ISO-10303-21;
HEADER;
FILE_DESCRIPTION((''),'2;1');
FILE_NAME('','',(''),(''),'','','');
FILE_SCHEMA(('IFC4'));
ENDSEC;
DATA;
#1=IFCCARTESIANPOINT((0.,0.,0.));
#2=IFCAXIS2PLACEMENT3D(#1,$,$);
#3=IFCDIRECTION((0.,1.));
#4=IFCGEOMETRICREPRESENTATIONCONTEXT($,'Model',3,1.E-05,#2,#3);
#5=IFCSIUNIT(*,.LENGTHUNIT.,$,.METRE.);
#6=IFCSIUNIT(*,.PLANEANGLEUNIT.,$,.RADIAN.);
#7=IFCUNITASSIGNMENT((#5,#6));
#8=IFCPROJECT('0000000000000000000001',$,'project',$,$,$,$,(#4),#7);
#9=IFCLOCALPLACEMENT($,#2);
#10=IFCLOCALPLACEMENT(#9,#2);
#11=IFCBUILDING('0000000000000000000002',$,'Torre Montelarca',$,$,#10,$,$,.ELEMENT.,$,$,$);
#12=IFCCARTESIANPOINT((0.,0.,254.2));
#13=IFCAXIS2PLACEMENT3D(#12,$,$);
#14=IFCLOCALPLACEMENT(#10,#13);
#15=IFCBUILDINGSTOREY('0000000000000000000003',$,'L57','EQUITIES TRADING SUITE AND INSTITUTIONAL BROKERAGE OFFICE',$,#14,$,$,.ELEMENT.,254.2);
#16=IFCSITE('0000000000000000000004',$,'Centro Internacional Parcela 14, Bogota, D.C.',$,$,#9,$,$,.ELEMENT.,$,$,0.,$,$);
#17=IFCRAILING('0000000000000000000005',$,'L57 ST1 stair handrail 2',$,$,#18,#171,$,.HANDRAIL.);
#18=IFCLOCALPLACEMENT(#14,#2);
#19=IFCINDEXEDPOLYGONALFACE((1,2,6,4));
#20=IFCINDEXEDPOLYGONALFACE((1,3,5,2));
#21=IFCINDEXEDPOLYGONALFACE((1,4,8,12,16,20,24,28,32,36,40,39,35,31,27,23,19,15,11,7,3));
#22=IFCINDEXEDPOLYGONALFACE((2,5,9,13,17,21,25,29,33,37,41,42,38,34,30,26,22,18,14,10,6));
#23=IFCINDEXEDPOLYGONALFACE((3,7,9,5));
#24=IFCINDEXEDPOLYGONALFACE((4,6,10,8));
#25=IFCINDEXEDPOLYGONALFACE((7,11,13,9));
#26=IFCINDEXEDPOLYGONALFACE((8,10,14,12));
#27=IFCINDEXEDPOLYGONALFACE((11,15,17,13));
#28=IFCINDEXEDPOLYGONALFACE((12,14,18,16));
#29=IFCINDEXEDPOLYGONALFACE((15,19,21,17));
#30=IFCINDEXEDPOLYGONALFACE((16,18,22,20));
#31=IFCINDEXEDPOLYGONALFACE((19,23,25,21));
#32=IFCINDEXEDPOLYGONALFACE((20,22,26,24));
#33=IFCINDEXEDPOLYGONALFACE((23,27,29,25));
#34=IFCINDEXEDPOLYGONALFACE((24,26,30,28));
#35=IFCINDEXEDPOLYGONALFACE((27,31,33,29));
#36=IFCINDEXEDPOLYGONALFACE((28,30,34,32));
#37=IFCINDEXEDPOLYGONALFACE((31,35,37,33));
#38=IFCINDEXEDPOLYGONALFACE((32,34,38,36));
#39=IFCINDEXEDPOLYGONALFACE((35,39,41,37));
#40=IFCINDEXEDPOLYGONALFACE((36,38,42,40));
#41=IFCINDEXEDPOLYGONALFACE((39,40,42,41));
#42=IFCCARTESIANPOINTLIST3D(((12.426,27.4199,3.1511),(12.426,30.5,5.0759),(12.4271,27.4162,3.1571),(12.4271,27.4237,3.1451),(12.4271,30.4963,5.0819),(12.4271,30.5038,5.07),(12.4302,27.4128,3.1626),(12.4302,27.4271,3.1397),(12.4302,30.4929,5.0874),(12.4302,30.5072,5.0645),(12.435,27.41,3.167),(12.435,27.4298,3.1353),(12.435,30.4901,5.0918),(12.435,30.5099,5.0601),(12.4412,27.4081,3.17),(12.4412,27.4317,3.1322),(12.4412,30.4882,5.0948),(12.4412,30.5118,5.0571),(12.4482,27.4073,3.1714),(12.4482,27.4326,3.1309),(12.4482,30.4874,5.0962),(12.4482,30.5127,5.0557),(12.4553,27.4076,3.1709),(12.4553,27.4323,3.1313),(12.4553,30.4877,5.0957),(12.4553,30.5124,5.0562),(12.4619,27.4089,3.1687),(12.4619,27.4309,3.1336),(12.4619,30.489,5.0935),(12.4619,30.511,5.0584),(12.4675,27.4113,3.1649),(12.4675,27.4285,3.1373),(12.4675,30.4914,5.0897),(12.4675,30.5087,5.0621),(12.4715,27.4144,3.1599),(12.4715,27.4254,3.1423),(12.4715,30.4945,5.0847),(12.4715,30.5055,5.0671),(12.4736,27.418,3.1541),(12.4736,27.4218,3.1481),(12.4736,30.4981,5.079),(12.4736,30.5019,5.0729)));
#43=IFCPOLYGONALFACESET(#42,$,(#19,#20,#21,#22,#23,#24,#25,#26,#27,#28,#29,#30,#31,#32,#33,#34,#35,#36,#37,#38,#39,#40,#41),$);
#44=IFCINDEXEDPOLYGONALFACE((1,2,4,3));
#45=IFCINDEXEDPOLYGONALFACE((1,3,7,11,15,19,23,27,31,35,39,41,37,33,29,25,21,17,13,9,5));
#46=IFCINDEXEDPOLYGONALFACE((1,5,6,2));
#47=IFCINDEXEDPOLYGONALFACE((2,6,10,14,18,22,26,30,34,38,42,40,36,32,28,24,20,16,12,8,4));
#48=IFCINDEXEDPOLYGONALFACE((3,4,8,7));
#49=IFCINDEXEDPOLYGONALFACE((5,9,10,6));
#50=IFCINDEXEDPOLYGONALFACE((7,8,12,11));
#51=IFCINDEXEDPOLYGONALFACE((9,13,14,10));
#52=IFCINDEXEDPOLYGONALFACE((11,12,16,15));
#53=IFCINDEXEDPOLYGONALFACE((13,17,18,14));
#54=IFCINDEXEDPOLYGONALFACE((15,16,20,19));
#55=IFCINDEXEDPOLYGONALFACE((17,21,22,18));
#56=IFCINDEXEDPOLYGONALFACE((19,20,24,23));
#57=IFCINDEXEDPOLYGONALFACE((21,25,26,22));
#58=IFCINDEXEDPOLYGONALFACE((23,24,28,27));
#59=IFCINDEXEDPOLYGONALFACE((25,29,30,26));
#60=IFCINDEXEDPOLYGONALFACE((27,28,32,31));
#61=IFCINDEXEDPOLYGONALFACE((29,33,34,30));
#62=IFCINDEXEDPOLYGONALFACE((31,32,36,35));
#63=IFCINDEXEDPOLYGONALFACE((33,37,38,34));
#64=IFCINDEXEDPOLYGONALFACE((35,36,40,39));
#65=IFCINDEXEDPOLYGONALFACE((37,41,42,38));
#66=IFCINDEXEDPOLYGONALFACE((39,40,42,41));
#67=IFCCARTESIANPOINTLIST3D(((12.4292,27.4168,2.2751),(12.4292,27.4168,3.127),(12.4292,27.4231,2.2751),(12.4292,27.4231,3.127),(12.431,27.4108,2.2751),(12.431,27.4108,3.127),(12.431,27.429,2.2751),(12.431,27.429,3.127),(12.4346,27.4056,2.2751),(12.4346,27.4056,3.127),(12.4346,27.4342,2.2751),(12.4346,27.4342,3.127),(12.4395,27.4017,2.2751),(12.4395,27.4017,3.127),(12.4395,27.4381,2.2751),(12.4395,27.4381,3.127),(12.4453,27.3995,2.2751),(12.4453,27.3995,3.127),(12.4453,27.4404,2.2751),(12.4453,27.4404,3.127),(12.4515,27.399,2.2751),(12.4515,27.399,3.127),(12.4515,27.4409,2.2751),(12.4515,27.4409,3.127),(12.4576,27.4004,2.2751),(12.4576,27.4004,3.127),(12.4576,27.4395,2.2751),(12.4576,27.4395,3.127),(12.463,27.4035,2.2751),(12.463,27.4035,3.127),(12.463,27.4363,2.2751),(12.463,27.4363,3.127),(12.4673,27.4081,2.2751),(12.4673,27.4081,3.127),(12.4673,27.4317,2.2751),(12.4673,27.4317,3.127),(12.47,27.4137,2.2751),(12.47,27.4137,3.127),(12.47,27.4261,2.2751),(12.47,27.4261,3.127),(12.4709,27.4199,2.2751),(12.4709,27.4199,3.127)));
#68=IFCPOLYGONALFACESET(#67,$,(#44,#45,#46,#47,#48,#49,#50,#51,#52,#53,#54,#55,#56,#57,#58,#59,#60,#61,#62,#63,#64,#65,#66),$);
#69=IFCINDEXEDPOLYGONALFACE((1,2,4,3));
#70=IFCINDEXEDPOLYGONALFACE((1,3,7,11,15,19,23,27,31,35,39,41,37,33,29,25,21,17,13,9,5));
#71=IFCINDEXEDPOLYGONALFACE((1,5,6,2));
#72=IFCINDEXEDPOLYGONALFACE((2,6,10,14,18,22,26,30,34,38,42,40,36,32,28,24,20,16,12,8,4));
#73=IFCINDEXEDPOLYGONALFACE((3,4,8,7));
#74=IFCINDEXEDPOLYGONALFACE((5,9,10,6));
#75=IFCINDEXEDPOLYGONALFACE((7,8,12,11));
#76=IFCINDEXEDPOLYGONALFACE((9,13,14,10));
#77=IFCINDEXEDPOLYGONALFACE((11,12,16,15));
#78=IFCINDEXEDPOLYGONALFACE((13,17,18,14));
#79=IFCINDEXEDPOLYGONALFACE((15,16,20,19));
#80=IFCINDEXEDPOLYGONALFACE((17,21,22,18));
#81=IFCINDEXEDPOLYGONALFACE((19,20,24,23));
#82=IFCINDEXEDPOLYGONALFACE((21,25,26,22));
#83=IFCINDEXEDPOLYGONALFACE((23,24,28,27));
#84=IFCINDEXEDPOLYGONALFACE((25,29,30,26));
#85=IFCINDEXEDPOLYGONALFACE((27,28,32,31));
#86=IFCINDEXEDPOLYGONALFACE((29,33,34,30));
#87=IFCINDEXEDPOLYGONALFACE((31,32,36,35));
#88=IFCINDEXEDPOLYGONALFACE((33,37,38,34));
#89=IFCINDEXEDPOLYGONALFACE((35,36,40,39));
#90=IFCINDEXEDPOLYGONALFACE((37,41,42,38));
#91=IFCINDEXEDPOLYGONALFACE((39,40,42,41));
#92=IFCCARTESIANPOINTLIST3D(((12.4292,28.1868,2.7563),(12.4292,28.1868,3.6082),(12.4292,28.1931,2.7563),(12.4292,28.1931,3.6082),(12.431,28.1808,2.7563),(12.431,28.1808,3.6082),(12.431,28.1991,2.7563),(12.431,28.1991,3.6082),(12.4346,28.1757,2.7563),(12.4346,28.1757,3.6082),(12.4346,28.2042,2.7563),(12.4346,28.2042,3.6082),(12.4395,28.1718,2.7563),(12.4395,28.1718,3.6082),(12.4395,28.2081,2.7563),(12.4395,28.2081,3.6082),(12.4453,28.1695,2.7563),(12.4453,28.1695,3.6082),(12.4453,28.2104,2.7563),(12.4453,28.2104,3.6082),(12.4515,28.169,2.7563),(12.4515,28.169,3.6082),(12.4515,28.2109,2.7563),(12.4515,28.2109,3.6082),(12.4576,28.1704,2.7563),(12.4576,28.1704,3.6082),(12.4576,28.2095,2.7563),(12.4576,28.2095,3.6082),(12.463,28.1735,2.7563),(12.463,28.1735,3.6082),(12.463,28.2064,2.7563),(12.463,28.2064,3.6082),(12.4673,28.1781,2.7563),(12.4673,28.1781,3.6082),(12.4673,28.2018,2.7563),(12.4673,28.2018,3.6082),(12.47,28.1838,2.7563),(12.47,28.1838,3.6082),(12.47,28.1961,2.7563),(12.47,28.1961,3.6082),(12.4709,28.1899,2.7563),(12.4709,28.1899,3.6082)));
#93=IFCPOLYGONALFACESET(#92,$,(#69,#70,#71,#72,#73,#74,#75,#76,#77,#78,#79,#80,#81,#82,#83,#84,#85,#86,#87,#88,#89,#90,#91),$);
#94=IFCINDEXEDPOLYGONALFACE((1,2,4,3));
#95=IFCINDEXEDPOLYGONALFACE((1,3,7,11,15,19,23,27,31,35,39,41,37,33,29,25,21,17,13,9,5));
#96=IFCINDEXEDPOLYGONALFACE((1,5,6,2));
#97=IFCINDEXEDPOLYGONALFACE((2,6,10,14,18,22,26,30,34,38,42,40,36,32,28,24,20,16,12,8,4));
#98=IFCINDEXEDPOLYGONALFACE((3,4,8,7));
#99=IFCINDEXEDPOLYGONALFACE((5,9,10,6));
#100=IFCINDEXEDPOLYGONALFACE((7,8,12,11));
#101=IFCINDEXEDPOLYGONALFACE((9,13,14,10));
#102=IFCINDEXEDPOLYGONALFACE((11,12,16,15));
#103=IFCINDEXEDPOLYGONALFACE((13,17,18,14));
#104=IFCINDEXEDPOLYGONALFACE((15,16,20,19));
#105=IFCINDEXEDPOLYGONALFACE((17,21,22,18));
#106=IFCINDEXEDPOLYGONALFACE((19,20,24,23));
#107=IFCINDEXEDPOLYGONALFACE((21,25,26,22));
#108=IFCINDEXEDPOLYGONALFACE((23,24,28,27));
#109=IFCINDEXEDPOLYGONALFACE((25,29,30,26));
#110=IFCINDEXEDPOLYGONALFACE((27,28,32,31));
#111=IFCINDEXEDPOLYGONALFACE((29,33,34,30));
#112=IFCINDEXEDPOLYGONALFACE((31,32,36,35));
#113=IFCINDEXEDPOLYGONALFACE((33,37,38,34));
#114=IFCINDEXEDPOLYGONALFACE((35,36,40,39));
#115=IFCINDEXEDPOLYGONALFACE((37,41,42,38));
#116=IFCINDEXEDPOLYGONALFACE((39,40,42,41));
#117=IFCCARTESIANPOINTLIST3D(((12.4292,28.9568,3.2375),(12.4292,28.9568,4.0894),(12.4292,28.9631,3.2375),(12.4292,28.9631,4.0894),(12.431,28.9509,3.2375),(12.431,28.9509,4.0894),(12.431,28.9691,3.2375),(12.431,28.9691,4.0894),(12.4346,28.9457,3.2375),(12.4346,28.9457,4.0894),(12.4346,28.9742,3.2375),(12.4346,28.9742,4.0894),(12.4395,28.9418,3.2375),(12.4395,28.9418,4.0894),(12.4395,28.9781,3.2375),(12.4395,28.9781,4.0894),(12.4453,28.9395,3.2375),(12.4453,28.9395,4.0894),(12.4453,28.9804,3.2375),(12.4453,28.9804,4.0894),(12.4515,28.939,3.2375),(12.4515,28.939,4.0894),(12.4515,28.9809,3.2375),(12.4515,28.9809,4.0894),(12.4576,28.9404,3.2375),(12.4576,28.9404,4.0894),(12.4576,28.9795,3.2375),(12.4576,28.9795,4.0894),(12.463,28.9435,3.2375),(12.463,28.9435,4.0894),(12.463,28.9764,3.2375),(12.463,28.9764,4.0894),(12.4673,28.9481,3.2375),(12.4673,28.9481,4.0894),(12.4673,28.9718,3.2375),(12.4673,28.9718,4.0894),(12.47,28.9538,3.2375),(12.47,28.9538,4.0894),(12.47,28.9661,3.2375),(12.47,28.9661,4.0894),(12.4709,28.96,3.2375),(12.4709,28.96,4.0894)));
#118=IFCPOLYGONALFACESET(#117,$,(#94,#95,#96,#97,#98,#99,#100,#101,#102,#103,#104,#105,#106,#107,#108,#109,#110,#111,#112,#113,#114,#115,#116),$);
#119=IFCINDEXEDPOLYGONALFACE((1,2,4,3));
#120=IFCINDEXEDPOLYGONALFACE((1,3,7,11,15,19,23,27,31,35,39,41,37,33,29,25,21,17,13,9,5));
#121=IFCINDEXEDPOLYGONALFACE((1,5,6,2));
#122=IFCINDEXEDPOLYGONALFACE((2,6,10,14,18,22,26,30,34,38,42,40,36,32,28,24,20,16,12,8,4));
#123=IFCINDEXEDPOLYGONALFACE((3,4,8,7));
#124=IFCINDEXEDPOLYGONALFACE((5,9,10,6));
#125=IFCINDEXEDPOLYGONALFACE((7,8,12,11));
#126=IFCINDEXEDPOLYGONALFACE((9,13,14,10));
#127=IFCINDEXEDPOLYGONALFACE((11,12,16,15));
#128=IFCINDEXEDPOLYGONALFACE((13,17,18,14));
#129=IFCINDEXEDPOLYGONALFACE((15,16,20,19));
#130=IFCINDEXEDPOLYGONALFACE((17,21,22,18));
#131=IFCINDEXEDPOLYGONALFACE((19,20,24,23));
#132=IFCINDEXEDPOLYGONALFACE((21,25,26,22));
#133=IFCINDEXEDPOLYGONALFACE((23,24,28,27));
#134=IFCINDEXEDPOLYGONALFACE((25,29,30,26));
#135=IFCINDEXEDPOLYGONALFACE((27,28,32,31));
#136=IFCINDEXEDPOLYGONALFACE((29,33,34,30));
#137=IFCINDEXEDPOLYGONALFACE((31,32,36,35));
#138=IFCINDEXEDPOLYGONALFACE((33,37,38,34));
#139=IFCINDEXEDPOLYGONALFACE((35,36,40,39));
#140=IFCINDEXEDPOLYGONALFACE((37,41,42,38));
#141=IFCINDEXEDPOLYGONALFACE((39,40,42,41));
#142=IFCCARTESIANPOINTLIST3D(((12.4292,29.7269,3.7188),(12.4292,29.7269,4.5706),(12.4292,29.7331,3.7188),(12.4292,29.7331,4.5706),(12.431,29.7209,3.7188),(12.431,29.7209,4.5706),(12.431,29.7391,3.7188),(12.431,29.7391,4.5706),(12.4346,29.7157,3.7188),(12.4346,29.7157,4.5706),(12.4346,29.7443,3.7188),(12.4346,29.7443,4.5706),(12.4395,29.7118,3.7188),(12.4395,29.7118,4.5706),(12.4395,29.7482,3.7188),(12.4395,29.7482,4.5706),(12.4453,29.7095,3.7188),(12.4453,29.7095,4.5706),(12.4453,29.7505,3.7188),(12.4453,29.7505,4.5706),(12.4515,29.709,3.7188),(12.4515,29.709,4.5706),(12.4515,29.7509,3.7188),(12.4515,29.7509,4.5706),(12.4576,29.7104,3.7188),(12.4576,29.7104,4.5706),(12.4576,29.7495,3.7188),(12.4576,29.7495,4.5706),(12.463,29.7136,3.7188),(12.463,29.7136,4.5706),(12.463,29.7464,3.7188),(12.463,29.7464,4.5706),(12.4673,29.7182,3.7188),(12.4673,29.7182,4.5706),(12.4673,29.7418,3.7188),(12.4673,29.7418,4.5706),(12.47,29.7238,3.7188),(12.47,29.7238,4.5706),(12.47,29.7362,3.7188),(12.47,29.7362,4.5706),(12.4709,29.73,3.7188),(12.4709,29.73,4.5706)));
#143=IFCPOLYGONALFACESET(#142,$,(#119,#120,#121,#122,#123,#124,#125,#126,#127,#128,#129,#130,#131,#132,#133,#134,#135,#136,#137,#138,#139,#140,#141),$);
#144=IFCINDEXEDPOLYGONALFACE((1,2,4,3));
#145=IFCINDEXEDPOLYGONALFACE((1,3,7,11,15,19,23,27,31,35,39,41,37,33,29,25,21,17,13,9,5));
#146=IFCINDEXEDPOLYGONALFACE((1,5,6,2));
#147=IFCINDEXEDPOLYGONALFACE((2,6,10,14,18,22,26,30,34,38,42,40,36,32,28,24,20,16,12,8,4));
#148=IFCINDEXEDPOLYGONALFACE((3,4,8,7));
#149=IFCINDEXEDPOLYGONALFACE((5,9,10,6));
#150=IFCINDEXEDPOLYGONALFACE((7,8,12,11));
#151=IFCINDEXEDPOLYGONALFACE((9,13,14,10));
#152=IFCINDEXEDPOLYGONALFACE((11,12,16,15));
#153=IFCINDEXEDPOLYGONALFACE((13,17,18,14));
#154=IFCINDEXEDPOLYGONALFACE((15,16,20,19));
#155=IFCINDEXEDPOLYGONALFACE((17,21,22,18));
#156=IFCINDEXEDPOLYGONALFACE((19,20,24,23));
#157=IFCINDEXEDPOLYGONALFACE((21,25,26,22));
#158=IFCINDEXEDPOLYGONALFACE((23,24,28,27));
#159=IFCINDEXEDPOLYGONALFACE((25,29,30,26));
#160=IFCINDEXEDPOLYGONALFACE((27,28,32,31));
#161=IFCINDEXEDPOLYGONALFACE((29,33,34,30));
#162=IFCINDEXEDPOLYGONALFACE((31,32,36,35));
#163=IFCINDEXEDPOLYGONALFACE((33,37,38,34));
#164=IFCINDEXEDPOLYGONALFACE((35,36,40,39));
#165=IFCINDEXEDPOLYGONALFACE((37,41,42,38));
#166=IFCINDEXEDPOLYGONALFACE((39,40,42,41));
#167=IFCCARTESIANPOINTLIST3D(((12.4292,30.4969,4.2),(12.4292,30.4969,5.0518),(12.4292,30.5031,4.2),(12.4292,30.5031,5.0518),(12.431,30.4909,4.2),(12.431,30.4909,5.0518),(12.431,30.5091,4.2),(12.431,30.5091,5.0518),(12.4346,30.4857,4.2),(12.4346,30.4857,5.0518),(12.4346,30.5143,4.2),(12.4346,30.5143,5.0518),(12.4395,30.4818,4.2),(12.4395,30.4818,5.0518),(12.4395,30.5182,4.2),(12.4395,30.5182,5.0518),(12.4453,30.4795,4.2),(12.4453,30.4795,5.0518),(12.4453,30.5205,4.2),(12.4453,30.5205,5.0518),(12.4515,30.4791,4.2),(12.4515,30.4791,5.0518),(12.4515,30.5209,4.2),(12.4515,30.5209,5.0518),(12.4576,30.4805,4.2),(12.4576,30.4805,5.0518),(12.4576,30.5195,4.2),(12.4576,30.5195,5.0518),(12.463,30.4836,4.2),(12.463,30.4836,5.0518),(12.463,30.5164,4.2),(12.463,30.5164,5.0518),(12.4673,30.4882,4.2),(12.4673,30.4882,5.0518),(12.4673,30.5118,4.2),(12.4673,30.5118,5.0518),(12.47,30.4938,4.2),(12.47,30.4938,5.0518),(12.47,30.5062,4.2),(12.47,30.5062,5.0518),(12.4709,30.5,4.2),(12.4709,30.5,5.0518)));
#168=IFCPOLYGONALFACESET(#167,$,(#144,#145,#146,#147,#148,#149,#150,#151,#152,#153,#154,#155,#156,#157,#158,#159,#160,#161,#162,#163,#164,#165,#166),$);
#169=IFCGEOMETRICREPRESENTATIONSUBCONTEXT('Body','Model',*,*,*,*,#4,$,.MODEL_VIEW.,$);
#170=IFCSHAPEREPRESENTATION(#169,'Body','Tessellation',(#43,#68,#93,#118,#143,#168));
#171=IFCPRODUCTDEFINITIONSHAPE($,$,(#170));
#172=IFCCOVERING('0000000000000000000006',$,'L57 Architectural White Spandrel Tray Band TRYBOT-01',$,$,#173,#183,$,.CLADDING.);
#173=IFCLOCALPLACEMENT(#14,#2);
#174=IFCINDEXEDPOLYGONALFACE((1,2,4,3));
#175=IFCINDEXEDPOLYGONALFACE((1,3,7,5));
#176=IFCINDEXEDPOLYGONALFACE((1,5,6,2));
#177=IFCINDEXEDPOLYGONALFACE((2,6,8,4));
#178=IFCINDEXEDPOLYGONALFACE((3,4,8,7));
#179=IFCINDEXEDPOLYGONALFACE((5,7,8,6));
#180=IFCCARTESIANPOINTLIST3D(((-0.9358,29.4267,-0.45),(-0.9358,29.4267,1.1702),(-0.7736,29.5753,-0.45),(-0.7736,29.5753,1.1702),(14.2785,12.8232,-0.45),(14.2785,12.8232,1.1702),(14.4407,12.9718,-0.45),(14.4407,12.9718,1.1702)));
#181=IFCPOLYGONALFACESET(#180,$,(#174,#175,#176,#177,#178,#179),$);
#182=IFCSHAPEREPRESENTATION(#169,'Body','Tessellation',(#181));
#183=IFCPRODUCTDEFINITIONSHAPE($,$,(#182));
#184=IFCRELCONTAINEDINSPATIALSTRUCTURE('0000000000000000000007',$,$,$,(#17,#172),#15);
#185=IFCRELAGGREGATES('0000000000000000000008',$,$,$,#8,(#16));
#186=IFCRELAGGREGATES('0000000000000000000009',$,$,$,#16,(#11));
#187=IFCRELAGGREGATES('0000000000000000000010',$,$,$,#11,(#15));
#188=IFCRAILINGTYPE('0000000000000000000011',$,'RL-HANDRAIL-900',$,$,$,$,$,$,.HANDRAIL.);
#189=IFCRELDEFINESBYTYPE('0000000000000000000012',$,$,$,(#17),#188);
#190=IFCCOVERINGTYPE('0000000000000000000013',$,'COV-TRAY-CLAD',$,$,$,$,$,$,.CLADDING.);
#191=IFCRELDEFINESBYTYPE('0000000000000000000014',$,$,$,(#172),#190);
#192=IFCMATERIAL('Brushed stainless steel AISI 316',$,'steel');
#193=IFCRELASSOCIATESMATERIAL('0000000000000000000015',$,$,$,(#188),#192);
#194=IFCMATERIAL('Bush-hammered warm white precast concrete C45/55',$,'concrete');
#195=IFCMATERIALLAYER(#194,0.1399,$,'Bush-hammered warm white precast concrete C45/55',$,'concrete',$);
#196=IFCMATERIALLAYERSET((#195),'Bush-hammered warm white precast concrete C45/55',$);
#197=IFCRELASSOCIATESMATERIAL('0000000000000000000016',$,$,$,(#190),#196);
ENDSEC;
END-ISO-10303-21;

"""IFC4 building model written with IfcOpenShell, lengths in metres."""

from ifc_helpers import new_model, si_unit, direction, frame, origin, origin_2d, place, context, subcontext, project, spatial, rectangle, circle, extrude, source, transform, mapped, material, layer, layer_set, type_object, element, save


model = new_model("IFC4")

# Units and contexts
model_context = context("Model", 3, precision=1e-05, world=origin(), true_north=direction((0.0, 1.0)))
body_context = subcontext(model_context, "Body", "Model", "MODEL_VIEW")
ifc_project = project(units=[si_unit("LENGTHUNIT", "METRE"), si_unit("PLANEANGLEUNIT", "RADIAN")], contexts=[model_context])

# Site, building, storey
site_placement = place(None, origin())
site = spatial("IfcSite", under=ifc_project, at=site_placement, Name="Centro Internacional Parcela 14, Bogota, D.C.", CompositionType="ELEMENT", RefElevation=0.0)
building_placement = place(site_placement, origin())
building = spatial("IfcBuilding", under=site, at=building_placement, Name="Torre Montelarca", CompositionType="ELEMENT")
storey_placement = place(building_placement, frame((0.0, 0.0, 254.2)))
storey = spatial("IfcBuildingStorey", under=building, at=storey_placement, Name="L57", Description="EQUITIES TRADING SUITE AND INSTITUTIONAL BROKERAGE OFFICE", CompositionType="ELEMENT", Elevation=254.2)

# Railing
ifc_material_1 = material(Name="Brushed stainless steel AISI 316", Category="steel")
railing_type_1 = type_object("IfcRailingType", Name="RL-HANDRAIL-900", PredefinedType="HANDRAIL", material=ifc_material_1)
railing_1_placement = place(storey_placement, frame((12.45, 27.4199, 2.2751)))
element("IfcRailing", 1, at=railing_1_placement, inside=storey, type_object=railing_type_1, Name="L57 ST1 stair handrail 2", PredefinedType="HANDRAIL", context=body_context, shape_type="SweptSolid", body=[
    extrude(circle(Radius=0.0239, at=origin_2d()), frame((0.0, 0.0, 0.876), z_axis=(0.0, 0.848029, 0.529951), x_axis=(-1.0, 0.0, 0.0)), (0.0, 0.0, 1.0), 3.6321),
    extrude(circle(Radius=0.021, at=origin_2d()), origin(), (0.0, 0.0, 1.0), 0.8518),
    extrude(circle(Radius=0.021, at=origin_2d()), frame((0.0, 0.77, 0.4812)), (0.0, 0.0, 1.0), 0.8518),
    extrude(circle(Radius=0.021, at=origin_2d()), frame((0.0, 1.54, 0.9624)), (0.0, 0.0, 1.0), 0.8518),
    extrude(circle(Radius=0.021, at=origin_2d()), frame((0.0, 2.3101, 1.4436)), (0.0, 0.0, 1.0), 0.8518),
    extrude(circle(Radius=0.021, at=origin_2d()), frame((0.0, 3.0801, 1.9248)), (0.0, 0.0, 1.0), 0.8518),
])

# Covering
ifc_material_2 = material(Name="Bush-hammered warm white precast concrete C45/55", Category="concrete")
ifc_layer_1 = layer(ifc_material_2, 0.1399, Name="Bush-hammered warm white precast concrete C45/55", Category="concrete")
ifc_layer_set_1 = layer_set([ifc_layer_1], Name="Bush-hammered warm white precast concrete C45/55")
covering_type = type_object("IfcCoveringType", Name="COV-TRAY-CLAD", PredefinedType="CLADDING", material=ifc_layer_set_1)
shared_shape_1 = source(origin(), body_context, "Body", "SweptSolid", [
    extrude(rectangle(XDim=22.52, YDim=0.22, at=origin_2d()), origin(), (0.0, 0.0, 1.0), 1.6201),
])
covering_placement = place(storey_placement, frame((6.7524, 21.1992, -0.45), z_axis=(0.0, 0.0, 1.0), x_axis=(0.67559, -0.737277, 0.0)))
element("IfcCovering", 2, at=covering_placement, inside=storey, type_object=covering_type, Name="L57 Architectural White Spandrel Tray Band TRYBOT-01", PredefinedType="CLADDING", context=body_context, shape_type="MappedRepresentation", body=[
    mapped(shared_shape_1, transform((0.0, 0.0, 0.0), scale=1.0)),
])

save(model, "model.ifc")
